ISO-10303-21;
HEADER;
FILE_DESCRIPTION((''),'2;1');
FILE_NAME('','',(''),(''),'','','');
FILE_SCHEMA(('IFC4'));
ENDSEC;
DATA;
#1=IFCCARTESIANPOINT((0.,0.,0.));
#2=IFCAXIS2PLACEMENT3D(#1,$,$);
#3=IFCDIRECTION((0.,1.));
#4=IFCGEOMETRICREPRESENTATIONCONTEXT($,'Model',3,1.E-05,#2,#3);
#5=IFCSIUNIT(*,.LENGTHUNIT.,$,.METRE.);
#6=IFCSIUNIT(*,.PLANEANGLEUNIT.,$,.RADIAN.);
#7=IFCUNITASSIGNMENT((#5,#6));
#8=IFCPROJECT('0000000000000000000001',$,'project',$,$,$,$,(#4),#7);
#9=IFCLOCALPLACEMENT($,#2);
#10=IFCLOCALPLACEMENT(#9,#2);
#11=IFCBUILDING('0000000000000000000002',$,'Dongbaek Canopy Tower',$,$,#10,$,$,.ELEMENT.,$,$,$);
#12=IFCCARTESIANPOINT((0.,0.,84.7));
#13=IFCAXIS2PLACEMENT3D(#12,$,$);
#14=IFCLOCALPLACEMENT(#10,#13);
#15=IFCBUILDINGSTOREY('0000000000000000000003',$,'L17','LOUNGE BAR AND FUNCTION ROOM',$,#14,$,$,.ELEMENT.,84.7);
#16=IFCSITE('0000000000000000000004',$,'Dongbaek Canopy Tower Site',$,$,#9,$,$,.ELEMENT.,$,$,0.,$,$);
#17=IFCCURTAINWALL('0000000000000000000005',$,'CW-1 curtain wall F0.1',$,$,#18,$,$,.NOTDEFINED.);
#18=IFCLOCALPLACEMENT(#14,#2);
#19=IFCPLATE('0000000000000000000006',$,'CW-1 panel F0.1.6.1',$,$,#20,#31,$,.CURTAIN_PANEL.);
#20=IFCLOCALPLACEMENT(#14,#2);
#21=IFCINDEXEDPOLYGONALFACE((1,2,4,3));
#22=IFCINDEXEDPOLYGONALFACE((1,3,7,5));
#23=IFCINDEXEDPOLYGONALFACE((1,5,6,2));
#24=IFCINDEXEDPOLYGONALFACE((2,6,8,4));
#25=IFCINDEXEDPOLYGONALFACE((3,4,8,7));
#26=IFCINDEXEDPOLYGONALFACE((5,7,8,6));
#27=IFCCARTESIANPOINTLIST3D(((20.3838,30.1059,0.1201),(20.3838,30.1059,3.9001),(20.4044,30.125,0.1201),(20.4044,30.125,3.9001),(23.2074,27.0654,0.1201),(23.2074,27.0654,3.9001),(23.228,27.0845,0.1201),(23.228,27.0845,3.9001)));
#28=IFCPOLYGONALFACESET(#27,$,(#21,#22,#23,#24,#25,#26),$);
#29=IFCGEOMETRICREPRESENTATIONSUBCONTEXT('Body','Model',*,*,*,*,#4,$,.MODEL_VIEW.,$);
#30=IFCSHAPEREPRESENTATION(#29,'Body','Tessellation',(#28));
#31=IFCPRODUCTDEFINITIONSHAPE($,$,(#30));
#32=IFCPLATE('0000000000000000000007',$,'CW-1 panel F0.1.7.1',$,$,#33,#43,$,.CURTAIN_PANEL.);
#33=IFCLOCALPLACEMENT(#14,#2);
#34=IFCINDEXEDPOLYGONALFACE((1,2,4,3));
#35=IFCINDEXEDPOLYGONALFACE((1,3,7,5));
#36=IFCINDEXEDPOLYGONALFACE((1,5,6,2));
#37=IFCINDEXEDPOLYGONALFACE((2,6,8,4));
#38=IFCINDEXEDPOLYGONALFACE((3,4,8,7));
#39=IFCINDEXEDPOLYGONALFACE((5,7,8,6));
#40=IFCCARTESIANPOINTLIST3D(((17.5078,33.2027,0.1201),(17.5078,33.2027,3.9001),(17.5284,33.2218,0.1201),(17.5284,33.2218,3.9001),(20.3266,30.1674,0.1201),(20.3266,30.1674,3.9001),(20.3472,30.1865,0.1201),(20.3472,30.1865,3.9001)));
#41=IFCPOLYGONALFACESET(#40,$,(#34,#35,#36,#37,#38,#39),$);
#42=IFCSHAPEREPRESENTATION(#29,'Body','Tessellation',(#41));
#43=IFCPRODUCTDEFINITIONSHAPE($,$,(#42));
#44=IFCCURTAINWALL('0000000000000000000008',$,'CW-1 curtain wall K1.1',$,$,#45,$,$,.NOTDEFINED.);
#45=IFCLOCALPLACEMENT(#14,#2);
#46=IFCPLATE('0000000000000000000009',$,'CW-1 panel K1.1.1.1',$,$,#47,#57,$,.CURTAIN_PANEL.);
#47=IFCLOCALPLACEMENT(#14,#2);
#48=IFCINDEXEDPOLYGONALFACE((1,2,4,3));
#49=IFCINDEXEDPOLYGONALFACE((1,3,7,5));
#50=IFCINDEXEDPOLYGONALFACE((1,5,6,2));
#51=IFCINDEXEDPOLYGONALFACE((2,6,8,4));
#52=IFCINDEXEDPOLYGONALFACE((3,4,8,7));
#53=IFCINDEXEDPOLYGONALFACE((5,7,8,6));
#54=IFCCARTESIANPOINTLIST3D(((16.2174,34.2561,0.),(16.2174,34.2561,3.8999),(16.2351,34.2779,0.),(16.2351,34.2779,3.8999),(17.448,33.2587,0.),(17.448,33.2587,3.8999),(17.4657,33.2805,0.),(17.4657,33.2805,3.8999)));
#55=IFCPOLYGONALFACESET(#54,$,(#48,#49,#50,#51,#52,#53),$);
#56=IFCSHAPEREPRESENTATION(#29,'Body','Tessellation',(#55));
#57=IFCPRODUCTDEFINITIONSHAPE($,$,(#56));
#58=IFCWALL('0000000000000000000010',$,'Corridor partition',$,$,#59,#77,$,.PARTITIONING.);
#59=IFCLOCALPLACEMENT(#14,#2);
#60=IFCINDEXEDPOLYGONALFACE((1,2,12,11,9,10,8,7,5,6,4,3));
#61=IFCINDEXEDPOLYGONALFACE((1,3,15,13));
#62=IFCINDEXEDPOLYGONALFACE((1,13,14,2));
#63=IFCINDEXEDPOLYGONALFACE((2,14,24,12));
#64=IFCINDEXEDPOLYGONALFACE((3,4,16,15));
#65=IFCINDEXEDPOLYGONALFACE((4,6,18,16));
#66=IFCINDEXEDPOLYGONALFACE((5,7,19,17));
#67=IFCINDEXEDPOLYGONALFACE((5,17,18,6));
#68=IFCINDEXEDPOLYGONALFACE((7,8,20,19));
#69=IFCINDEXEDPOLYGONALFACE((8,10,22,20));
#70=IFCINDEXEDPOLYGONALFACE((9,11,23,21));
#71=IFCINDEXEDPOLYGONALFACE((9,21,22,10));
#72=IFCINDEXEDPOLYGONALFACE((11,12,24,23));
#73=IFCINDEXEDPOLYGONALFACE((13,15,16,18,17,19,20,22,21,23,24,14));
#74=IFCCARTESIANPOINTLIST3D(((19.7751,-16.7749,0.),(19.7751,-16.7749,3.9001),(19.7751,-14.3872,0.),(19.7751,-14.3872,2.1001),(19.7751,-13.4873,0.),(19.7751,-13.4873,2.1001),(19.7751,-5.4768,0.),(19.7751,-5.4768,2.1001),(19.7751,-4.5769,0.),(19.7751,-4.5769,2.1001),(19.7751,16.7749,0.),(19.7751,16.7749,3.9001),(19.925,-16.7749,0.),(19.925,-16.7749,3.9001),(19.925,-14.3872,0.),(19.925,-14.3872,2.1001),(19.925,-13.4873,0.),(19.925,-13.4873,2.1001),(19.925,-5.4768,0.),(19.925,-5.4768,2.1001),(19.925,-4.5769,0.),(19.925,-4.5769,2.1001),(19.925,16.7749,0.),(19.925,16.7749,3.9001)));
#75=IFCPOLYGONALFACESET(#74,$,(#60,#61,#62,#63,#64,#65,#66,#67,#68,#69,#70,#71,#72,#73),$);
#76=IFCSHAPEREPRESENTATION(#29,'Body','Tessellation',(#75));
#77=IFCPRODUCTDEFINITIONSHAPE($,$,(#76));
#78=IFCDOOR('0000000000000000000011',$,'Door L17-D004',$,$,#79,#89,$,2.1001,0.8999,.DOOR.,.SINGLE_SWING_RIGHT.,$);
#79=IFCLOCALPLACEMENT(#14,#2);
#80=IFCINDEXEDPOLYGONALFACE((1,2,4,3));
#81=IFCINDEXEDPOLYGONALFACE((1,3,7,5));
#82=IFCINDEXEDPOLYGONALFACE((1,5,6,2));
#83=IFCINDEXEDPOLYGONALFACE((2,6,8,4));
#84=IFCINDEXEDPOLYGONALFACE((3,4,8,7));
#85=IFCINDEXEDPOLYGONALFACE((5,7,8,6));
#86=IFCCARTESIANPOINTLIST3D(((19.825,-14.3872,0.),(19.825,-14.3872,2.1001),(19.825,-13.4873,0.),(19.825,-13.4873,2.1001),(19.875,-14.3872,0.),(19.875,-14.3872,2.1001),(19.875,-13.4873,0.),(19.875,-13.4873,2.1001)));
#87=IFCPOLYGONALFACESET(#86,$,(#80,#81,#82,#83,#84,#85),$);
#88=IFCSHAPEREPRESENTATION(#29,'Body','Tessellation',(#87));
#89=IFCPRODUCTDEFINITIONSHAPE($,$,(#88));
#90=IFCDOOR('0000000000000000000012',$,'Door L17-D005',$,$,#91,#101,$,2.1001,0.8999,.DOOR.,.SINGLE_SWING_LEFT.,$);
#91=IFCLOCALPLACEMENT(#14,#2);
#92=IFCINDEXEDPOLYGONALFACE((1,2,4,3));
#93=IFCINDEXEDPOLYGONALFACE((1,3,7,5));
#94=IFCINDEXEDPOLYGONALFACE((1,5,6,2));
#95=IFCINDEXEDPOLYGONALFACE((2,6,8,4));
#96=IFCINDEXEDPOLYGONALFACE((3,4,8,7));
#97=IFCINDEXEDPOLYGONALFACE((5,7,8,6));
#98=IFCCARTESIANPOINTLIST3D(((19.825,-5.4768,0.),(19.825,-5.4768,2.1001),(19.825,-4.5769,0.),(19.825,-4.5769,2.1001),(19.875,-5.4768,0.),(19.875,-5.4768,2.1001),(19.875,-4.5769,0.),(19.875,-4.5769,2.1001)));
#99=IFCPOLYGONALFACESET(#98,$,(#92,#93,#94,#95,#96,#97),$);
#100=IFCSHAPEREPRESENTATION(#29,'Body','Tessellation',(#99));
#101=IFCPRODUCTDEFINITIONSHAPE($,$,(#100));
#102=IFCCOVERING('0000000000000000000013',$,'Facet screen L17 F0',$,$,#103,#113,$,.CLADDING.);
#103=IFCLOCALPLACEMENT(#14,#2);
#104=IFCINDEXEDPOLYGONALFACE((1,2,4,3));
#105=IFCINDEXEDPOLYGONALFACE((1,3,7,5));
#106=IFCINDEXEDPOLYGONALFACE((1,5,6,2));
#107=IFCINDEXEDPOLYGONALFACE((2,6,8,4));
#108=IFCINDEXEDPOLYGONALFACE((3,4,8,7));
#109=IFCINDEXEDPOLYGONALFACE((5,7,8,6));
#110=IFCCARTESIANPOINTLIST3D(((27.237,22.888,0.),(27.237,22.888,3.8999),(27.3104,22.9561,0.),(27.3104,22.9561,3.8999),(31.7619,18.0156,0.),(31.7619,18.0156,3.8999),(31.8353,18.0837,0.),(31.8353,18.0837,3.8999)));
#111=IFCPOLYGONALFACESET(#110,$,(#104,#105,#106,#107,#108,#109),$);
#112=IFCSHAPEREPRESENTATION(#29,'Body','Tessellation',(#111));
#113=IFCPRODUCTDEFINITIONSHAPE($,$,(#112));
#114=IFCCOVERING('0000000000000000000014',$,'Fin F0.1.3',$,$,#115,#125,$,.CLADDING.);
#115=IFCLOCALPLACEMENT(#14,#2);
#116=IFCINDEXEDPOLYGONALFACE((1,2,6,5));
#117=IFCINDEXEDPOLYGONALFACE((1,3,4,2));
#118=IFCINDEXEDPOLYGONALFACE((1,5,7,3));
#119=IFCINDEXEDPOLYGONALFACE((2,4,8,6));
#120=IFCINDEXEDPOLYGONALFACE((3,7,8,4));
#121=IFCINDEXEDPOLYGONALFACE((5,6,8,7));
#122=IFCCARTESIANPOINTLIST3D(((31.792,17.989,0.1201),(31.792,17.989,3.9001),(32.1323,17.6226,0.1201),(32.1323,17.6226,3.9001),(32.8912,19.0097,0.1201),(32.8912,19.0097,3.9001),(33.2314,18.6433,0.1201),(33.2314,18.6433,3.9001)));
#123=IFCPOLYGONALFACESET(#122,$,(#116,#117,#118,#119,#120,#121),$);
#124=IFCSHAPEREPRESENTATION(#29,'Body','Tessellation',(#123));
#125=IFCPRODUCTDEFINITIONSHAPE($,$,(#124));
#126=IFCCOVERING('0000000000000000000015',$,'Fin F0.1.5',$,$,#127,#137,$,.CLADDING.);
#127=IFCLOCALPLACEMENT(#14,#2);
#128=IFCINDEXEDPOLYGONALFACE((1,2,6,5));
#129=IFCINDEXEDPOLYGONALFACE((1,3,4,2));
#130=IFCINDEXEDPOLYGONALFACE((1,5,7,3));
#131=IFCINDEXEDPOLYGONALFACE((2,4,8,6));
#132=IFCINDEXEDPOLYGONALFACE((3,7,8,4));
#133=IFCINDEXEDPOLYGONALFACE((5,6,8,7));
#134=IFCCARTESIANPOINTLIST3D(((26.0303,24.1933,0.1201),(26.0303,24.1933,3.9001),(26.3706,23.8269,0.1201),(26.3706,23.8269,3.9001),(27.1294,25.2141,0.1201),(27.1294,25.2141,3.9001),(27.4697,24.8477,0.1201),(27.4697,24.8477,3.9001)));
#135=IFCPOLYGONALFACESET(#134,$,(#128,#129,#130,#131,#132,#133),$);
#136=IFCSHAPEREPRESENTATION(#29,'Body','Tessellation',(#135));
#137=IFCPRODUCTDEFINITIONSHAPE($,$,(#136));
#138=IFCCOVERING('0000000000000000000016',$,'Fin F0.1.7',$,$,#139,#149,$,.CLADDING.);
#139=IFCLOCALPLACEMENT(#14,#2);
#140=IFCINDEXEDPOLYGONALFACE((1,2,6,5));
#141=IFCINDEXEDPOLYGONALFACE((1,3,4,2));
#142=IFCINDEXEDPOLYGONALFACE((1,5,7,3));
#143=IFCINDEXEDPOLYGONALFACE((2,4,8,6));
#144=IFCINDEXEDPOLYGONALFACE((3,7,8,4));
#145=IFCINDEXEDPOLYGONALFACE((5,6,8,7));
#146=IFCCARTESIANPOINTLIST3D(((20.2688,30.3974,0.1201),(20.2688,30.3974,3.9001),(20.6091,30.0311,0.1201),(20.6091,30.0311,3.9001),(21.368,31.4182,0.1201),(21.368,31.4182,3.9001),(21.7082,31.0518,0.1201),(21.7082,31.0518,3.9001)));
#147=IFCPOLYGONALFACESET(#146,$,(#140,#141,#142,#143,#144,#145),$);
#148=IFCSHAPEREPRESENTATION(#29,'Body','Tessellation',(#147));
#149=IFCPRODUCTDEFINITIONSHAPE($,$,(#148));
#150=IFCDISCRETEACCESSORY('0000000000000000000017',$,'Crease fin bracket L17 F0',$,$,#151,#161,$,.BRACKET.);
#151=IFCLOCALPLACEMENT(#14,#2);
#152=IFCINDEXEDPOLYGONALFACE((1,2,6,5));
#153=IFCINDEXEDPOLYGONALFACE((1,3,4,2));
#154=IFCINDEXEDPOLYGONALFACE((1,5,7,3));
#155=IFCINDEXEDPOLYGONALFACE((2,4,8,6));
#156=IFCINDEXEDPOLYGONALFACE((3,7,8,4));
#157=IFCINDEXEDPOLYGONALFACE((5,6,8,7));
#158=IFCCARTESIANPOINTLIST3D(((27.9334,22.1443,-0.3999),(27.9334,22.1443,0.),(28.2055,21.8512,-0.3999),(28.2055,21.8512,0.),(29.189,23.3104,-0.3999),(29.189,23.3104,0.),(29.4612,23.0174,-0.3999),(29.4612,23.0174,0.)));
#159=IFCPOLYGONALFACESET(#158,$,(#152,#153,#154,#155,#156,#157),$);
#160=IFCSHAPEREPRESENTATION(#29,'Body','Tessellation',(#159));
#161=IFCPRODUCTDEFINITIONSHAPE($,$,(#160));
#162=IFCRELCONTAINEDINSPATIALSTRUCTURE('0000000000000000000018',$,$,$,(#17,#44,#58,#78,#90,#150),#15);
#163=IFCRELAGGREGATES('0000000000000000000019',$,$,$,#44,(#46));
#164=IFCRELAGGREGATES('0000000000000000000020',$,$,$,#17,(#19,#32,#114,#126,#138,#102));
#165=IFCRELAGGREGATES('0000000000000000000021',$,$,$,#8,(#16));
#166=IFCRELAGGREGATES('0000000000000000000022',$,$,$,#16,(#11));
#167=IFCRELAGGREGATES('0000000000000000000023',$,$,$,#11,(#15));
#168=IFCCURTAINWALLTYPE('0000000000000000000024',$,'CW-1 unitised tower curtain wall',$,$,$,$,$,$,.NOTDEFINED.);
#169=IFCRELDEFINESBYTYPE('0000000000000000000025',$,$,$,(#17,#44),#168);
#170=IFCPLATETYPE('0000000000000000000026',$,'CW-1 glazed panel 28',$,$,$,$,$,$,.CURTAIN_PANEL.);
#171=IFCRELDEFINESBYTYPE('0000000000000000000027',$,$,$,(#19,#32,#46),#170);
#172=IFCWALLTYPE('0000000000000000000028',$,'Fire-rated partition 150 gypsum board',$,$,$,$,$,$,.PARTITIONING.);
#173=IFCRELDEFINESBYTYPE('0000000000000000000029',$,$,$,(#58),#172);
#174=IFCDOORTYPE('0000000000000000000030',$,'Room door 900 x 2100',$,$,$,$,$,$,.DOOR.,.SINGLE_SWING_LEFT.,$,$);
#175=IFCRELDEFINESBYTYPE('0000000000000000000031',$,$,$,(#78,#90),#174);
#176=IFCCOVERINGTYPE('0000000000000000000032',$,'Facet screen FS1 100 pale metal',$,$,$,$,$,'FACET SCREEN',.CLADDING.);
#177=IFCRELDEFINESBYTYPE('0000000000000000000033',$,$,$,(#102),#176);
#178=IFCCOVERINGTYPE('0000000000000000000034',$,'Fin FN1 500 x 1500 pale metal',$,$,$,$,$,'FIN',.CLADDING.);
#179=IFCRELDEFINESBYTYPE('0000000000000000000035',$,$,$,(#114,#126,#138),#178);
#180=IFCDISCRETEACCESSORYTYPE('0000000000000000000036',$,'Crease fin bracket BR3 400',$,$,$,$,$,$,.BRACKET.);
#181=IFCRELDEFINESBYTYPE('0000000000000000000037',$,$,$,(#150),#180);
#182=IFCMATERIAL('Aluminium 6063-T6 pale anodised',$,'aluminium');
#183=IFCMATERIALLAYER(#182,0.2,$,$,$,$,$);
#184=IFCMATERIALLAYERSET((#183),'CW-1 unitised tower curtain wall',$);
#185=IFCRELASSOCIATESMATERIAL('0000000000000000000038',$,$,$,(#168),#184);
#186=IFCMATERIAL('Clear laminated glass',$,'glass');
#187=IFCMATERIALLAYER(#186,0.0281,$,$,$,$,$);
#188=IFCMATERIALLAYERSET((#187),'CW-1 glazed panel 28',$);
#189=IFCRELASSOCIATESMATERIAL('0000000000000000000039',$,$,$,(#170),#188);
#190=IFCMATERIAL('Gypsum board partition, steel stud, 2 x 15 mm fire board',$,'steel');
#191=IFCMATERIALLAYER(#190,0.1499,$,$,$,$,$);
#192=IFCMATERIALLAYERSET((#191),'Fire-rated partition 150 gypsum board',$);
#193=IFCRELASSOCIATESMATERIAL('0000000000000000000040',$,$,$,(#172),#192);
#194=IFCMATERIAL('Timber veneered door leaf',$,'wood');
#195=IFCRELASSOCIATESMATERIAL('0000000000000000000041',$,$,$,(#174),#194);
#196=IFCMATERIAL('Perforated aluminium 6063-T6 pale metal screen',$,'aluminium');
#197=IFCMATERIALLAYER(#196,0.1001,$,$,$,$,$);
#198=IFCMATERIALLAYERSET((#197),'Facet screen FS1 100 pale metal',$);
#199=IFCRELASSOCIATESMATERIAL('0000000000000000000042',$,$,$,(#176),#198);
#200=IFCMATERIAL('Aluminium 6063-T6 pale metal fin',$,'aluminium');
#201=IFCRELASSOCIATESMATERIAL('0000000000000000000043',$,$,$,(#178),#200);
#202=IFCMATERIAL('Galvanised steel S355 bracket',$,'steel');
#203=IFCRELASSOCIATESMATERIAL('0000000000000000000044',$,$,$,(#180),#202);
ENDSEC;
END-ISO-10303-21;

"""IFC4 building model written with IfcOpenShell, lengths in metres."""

from ifc_helpers import new_model, si_unit, direction, frame, frame_2d, origin, origin_2d, place, context, subcontext, project, spatial, rectangle, extrude, material, layer, layer_set, material_profile, profile_set, type_object, element, fill, aggregate, save


model = new_model("IFC4")

# Units and contexts
model_context = context("Model", 3, precision=1e-05, world=origin(), true_north=direction((0.0, 1.0)))
body_context = subcontext(model_context, "Body", "Model", "MODEL_VIEW")
ifc_project = project(units=[si_unit("LENGTHUNIT", "METRE"), si_unit("PLANEANGLEUNIT", "RADIAN")], contexts=[model_context])

# Site, building, storey
site_placement = place(None, origin())
site = spatial("IfcSite", under=ifc_project, at=site_placement, Name="Dongbaek Canopy Tower Site", CompositionType="ELEMENT", RefElevation=0.0)
building_placement = place(site_placement, origin())
building = spatial("IfcBuilding", under=site, at=building_placement, Name="Dongbaek Canopy Tower", CompositionType="ELEMENT")
storey_placement = place(building_placement, frame((0.0, 0.0, 84.7)))
storey = spatial("IfcBuildingStorey", under=building, at=storey_placement, Name="L17", Description="LOUNGE BAR AND FUNCTION ROOM", CompositionType="ELEMENT", Elevation=84.7)

# Curtain wall
ifc_material_1 = material(Name="Aluminium 6063-T6 pale anodised", Category="aluminium")
ifc_layer_1 = layer(ifc_material_1, 0.2)
ifc_layer_set_1 = layer_set([ifc_layer_1], Name="CW-1 unitised tower curtain wall")
curtain_wall_type = type_object("IfcCurtainWallType", Name="CW-1 unitised tower curtain wall", PredefinedType="NOTDEFINED", material=ifc_layer_set_1)
curtain_wall_1_placement = place(storey_placement, origin())
curtain_wall_1 = element("IfcCurtainWall", 1, at=curtain_wall_1_placement, inside=storey, type_object=curtain_wall_type, Name="CW-1 curtain wall F0.1", PredefinedType="NOTDEFINED")

# Plates
ifc_material_2 = material(Name="Clear laminated glass", Category="glass")
ifc_layer_2 = layer(ifc_material_2, 0.0281)
ifc_layer_set_2 = layer_set([ifc_layer_2], Name="CW-1 glazed panel 28")
plate_type = type_object("IfcPlateType", Name="CW-1 glazed panel 28", PredefinedType="CURTAIN_PANEL", material=ifc_layer_set_2)
plate_1_placement = place(storey_placement, frame((21.8059, 28.5952, 0.1201), z_axis=(0.0, 0.0, 1.0), x_axis=(-0.680495, 0.732753, 0.0)))
plate_1 = element("IfcPlate", 2, at=plate_1_placement, type_object=plate_type, Name="CW-1 panel F0.1.6.1", PredefinedType="CURTAIN_PANEL", context=body_context, shape_type="SweptSolid", body=[
    extrude(rectangle(XDim=4.1494, YDim=0.0281, at=origin_2d()), origin(), (0.0, 0.0, 1.0), 3.78),
])
plate_2_placement = place(storey_placement, frame((18.9275, 31.6946, 0.1201), z_axis=(0.0, 0.0, 1.0), x_axis=(-0.680495, 0.732753, 0.0)))
plate_2 = element("IfcPlate", 3, at=plate_2_placement, type_object=plate_type, Name="CW-1 panel F0.1.7.1", PredefinedType="CURTAIN_PANEL", context=body_context, shape_type="SweptSolid", body=[
    extrude(rectangle(XDim=4.1423, YDim=0.0281, at=origin_2d()), origin(), (0.0, 0.0, 1.0), 3.78),
])

# Curtain wall, plate
curtain_wall_2_placement = place(storey_placement, origin())
curtain_wall_2 = element("IfcCurtainWall", 4, at=curtain_wall_2_placement, inside=storey, type_object=curtain_wall_type, Name="CW-1 curtain wall K1.1", PredefinedType="NOTDEFINED")
plate_3_placement = place(storey_placement, frame((16.8416, 33.7683, 0.0), z_axis=(0.0, 0.0, 1.0), x_axis=(-0.776873, 0.629657, 0.0)))
plate_3 = element("IfcPlate", 5, at=plate_3_placement, type_object=plate_type, Name="CW-1 panel K1.1.1.1", PredefinedType="CURTAIN_PANEL", context=body_context, shape_type="SweptSolid", body=[
    extrude(rectangle(XDim=1.584, YDim=0.0281, at=origin_2d()), origin(), (0.0, 0.0, 1.0), 3.8999),
])
aggregate(curtain_wall_2, [plate_3])

# Wall, openings, doors
ifc_material_3 = material(Name="Gypsum board partition, steel stud, 2 x 15 mm fire board", Category="steel")
ifc_layer_3 = layer(ifc_material_3, 0.1499)
ifc_layer_set_3 = layer_set([ifc_layer_3], Name="Fire-rated partition 150 gypsum board")
wall_type = type_object("IfcWallType", Name="Fire-rated partition 150 gypsum board", PredefinedType="PARTITIONING", material=ifc_layer_set_3)
wall_placement = place(storey_placement, frame((19.8501, 16.7749, 0.0), z_axis=(0.0, 0.0, 1.0), x_axis=(0.0, -1.0, 0.0)))
wall = element("IfcWall", 6, at=wall_placement, inside=storey, type_object=wall_type, Name="Corridor partition", PredefinedType="PARTITIONING", context=body_context, shape_type="SweptSolid", body=[
    extrude(rectangle(XDim=33.5498, YDim=0.1499, at=frame_2d((16.7749, 0.0))), origin(), (0.0, 0.0, 1.0), 3.9001),
])
opening_1_placement = place(wall_placement, frame((30.2622, 0.0, 0.0)))
opening_1 = element("IfcOpeningElement", 7, at=opening_1_placement, cuts=wall, PredefinedType="OPENING", context=body_context, shape_type="SweptSolid", body=[
    extrude(rectangle(XDim=0.8999, YDim=2.1001, at=frame_2d((0.45, 1.05))), frame((0.0, 0.085, 0.0), z_axis=(0.0, -1.0, 0.0), x_axis=(1.0, 0.0, 0.0)), (0.0, 0.0, 1.0), 0.1699),
])
opening_2_placement = place(wall_placement, frame((21.3518, 0.0, 0.0)))
opening_2 = element("IfcOpeningElement", 8, at=opening_2_placement, cuts=wall, PredefinedType="OPENING", context=body_context, shape_type="SweptSolid", body=[
    extrude(rectangle(XDim=0.8999, YDim=2.1001, at=frame_2d((0.45, 1.05))), frame((0.0, 0.085, 0.0), z_axis=(0.0, -1.0, 0.0), x_axis=(1.0, 0.0, 0.0)), (0.0, 0.0, 1.0), 0.1699),
])
ifc_material_4 = material(Name="Timber veneered door leaf", Category="wood")
door_type = type_object("IfcDoorType", Name="Room door 900 x 2100", OperationType="SINGLE_SWING_LEFT", PredefinedType="DOOR", material=ifc_material_4)
door_1_placement = place(opening_1_placement, origin())
door_1 = element("IfcDoor", 9, at=door_1_placement, inside=storey, type_object=door_type, Name="Door L17-D004", OperationType="SINGLE_SWING_RIGHT", OverallHeight=2.1001, OverallWidth=0.8999, PredefinedType="DOOR", context=body_context, shape_type="SweptSolid", body=[
    extrude(rectangle(XDim=0.8999, YDim=2.1001, at=frame_2d((0.45, 1.05))), frame((0.0, 0.0249, 0.0), z_axis=(0.0, -1.0, 0.0), x_axis=(1.0, 0.0, 0.0)), (0.0, 0.0, 1.0), 0.05),
])
fill(opening_1, door_1)
door_2_placement = place(opening_2_placement, origin())
door_2 = element("IfcDoor", 10, at=door_2_placement, inside=storey, type_object=door_type, Name="Door L17-D005", OperationType="SINGLE_SWING_LEFT", OverallHeight=2.1001, OverallWidth=0.8999, PredefinedType="DOOR", context=body_context, shape_type="SweptSolid", body=[
    extrude(rectangle(XDim=0.8999, YDim=2.1001, at=frame_2d((0.45, 1.05))), frame((0.0, 0.0249, 0.0), z_axis=(0.0, -1.0, 0.0), x_axis=(1.0, 0.0, 0.0)), (0.0, 0.0, 1.0), 0.05),
])
fill(opening_2, door_2)

# Coverings
ifc_material_5 = material(Name="Perforated aluminium 6063-T6 pale metal screen", Category="aluminium")
ifc_layer_4 = layer(ifc_material_5, 0.1001)
ifc_layer_set_4 = layer_set([ifc_layer_4], Name="Facet screen FS1 100 pale metal")
covering_type_1 = type_object("IfcCoveringType", Name="Facet screen FS1 100 pale metal", ElementType="FACET SCREEN", PredefinedType="CLADDING", material=ifc_layer_set_4)
covering_1_placement = place(storey_placement, frame((29.5361, 20.4858, 0.0), z_axis=(0.0, 0.0, 1.0), x_axis=(-0.680495, 0.732753, 0.0)))
covering_1 = element("IfcCovering", 11, at=covering_1_placement, type_object=covering_type_1, Name="Facet screen L17 F0", PredefinedType="CLADDING", context=body_context, shape_type="SweptSolid", body=[
    extrude(rectangle(XDim=6.6494, YDim=0.1001, at=origin_2d()), origin(), (0.0, 0.0, 1.0), 3.8999),
])
ifc_material_6 = material(Name="Aluminium 6063-T6 pale metal fin", Category="aluminium")
ifc_material_profile_1 = material_profile(ifc_material_6, rectangle(XDim=1.5, YDim=0.5, at=origin_2d()), Name="Fin FN1 500 x 1500 pale metal")
ifc_profile_set_1 = profile_set([ifc_material_profile_1], Name="Aluminium 6063-T6 pale metal fin")
covering_type_2 = type_object("IfcCoveringType", Name="Fin FN1 500 x 1500 pale metal", ElementType="FIN", PredefinedType="CLADDING", material=ifc_profile_set_1)
covering_2_placement = place(storey_placement, frame((32.5117, 18.3162, 0.1201), z_axis=(0.0, 0.0, 1.0), x_axis=(0.732753, 0.680495, 0.0)))
covering_2 = element("IfcCovering", 12, at=covering_2_placement, type_object=covering_type_2, Name="Fin F0.1.3", PredefinedType="CLADDING", context=body_context, shape_type="SweptSolid", body=[
    extrude(rectangle(XDim=1.5, YDim=0.5, at=origin_2d()), origin(), (0.0, 0.0, 1.0), 3.78),
])
covering_3_placement = place(storey_placement, frame((26.75, 24.5205, 0.1201), z_axis=(0.0, 0.0, 1.0), x_axis=(0.732753, 0.680495, 0.0)))
covering_3 = element("IfcCovering", 13, at=covering_3_placement, type_object=covering_type_2, Name="Fin F0.1.5", PredefinedType="CLADDING", context=body_context, shape_type="SweptSolid", body=[
    extrude(rectangle(XDim=1.5, YDim=0.5, at=origin_2d()), origin(), (0.0, 0.0, 1.0), 3.78),
])
covering_4_placement = place(storey_placement, frame((20.9885, 30.7246, 0.1201), z_axis=(0.0, 0.0, 1.0), x_axis=(0.732753, 0.680495, 0.0)))
covering_4 = element("IfcCovering", 14, at=covering_4_placement, type_object=covering_type_2, Name="Fin F0.1.7", PredefinedType="CLADDING", context=body_context, shape_type="SweptSolid", body=[
    extrude(rectangle(XDim=1.5, YDim=0.5, at=origin_2d()), origin(), (0.0, 0.0, 1.0), 3.78),
])
aggregate(curtain_wall_1, [plate_1, plate_2, covering_2, covering_3, covering_4, covering_1])

# Discrete accessory
ifc_material_7 = material(Name="Galvanised steel S355 bracket", Category="steel")
discrete_accessory_type = type_object("IfcDiscreteAccessoryType", Name="Crease fin bracket BR3 400", PredefinedType="BRACKET", material=ifc_material_7)
discrete_accessory_placement = place(storey_placement, frame((28.6973, 22.5808, -0.3999), z_axis=(0.0, 0.0, 1.0), x_axis=(0.732753, 0.680495, 0.0)))
element("IfcDiscreteAccessory", 15, at=discrete_accessory_placement, inside=storey, type_object=discrete_accessory_type, Name="Crease fin bracket L17 F0", PredefinedType="BRACKET", context=body_context, shape_type="SweptSolid", body=[
    extrude(rectangle(XDim=1.7136, YDim=0.3999, at=origin_2d()), origin(), (0.0, 0.0, 1.0), 0.3999),
])

save(model, "model.ifc")
